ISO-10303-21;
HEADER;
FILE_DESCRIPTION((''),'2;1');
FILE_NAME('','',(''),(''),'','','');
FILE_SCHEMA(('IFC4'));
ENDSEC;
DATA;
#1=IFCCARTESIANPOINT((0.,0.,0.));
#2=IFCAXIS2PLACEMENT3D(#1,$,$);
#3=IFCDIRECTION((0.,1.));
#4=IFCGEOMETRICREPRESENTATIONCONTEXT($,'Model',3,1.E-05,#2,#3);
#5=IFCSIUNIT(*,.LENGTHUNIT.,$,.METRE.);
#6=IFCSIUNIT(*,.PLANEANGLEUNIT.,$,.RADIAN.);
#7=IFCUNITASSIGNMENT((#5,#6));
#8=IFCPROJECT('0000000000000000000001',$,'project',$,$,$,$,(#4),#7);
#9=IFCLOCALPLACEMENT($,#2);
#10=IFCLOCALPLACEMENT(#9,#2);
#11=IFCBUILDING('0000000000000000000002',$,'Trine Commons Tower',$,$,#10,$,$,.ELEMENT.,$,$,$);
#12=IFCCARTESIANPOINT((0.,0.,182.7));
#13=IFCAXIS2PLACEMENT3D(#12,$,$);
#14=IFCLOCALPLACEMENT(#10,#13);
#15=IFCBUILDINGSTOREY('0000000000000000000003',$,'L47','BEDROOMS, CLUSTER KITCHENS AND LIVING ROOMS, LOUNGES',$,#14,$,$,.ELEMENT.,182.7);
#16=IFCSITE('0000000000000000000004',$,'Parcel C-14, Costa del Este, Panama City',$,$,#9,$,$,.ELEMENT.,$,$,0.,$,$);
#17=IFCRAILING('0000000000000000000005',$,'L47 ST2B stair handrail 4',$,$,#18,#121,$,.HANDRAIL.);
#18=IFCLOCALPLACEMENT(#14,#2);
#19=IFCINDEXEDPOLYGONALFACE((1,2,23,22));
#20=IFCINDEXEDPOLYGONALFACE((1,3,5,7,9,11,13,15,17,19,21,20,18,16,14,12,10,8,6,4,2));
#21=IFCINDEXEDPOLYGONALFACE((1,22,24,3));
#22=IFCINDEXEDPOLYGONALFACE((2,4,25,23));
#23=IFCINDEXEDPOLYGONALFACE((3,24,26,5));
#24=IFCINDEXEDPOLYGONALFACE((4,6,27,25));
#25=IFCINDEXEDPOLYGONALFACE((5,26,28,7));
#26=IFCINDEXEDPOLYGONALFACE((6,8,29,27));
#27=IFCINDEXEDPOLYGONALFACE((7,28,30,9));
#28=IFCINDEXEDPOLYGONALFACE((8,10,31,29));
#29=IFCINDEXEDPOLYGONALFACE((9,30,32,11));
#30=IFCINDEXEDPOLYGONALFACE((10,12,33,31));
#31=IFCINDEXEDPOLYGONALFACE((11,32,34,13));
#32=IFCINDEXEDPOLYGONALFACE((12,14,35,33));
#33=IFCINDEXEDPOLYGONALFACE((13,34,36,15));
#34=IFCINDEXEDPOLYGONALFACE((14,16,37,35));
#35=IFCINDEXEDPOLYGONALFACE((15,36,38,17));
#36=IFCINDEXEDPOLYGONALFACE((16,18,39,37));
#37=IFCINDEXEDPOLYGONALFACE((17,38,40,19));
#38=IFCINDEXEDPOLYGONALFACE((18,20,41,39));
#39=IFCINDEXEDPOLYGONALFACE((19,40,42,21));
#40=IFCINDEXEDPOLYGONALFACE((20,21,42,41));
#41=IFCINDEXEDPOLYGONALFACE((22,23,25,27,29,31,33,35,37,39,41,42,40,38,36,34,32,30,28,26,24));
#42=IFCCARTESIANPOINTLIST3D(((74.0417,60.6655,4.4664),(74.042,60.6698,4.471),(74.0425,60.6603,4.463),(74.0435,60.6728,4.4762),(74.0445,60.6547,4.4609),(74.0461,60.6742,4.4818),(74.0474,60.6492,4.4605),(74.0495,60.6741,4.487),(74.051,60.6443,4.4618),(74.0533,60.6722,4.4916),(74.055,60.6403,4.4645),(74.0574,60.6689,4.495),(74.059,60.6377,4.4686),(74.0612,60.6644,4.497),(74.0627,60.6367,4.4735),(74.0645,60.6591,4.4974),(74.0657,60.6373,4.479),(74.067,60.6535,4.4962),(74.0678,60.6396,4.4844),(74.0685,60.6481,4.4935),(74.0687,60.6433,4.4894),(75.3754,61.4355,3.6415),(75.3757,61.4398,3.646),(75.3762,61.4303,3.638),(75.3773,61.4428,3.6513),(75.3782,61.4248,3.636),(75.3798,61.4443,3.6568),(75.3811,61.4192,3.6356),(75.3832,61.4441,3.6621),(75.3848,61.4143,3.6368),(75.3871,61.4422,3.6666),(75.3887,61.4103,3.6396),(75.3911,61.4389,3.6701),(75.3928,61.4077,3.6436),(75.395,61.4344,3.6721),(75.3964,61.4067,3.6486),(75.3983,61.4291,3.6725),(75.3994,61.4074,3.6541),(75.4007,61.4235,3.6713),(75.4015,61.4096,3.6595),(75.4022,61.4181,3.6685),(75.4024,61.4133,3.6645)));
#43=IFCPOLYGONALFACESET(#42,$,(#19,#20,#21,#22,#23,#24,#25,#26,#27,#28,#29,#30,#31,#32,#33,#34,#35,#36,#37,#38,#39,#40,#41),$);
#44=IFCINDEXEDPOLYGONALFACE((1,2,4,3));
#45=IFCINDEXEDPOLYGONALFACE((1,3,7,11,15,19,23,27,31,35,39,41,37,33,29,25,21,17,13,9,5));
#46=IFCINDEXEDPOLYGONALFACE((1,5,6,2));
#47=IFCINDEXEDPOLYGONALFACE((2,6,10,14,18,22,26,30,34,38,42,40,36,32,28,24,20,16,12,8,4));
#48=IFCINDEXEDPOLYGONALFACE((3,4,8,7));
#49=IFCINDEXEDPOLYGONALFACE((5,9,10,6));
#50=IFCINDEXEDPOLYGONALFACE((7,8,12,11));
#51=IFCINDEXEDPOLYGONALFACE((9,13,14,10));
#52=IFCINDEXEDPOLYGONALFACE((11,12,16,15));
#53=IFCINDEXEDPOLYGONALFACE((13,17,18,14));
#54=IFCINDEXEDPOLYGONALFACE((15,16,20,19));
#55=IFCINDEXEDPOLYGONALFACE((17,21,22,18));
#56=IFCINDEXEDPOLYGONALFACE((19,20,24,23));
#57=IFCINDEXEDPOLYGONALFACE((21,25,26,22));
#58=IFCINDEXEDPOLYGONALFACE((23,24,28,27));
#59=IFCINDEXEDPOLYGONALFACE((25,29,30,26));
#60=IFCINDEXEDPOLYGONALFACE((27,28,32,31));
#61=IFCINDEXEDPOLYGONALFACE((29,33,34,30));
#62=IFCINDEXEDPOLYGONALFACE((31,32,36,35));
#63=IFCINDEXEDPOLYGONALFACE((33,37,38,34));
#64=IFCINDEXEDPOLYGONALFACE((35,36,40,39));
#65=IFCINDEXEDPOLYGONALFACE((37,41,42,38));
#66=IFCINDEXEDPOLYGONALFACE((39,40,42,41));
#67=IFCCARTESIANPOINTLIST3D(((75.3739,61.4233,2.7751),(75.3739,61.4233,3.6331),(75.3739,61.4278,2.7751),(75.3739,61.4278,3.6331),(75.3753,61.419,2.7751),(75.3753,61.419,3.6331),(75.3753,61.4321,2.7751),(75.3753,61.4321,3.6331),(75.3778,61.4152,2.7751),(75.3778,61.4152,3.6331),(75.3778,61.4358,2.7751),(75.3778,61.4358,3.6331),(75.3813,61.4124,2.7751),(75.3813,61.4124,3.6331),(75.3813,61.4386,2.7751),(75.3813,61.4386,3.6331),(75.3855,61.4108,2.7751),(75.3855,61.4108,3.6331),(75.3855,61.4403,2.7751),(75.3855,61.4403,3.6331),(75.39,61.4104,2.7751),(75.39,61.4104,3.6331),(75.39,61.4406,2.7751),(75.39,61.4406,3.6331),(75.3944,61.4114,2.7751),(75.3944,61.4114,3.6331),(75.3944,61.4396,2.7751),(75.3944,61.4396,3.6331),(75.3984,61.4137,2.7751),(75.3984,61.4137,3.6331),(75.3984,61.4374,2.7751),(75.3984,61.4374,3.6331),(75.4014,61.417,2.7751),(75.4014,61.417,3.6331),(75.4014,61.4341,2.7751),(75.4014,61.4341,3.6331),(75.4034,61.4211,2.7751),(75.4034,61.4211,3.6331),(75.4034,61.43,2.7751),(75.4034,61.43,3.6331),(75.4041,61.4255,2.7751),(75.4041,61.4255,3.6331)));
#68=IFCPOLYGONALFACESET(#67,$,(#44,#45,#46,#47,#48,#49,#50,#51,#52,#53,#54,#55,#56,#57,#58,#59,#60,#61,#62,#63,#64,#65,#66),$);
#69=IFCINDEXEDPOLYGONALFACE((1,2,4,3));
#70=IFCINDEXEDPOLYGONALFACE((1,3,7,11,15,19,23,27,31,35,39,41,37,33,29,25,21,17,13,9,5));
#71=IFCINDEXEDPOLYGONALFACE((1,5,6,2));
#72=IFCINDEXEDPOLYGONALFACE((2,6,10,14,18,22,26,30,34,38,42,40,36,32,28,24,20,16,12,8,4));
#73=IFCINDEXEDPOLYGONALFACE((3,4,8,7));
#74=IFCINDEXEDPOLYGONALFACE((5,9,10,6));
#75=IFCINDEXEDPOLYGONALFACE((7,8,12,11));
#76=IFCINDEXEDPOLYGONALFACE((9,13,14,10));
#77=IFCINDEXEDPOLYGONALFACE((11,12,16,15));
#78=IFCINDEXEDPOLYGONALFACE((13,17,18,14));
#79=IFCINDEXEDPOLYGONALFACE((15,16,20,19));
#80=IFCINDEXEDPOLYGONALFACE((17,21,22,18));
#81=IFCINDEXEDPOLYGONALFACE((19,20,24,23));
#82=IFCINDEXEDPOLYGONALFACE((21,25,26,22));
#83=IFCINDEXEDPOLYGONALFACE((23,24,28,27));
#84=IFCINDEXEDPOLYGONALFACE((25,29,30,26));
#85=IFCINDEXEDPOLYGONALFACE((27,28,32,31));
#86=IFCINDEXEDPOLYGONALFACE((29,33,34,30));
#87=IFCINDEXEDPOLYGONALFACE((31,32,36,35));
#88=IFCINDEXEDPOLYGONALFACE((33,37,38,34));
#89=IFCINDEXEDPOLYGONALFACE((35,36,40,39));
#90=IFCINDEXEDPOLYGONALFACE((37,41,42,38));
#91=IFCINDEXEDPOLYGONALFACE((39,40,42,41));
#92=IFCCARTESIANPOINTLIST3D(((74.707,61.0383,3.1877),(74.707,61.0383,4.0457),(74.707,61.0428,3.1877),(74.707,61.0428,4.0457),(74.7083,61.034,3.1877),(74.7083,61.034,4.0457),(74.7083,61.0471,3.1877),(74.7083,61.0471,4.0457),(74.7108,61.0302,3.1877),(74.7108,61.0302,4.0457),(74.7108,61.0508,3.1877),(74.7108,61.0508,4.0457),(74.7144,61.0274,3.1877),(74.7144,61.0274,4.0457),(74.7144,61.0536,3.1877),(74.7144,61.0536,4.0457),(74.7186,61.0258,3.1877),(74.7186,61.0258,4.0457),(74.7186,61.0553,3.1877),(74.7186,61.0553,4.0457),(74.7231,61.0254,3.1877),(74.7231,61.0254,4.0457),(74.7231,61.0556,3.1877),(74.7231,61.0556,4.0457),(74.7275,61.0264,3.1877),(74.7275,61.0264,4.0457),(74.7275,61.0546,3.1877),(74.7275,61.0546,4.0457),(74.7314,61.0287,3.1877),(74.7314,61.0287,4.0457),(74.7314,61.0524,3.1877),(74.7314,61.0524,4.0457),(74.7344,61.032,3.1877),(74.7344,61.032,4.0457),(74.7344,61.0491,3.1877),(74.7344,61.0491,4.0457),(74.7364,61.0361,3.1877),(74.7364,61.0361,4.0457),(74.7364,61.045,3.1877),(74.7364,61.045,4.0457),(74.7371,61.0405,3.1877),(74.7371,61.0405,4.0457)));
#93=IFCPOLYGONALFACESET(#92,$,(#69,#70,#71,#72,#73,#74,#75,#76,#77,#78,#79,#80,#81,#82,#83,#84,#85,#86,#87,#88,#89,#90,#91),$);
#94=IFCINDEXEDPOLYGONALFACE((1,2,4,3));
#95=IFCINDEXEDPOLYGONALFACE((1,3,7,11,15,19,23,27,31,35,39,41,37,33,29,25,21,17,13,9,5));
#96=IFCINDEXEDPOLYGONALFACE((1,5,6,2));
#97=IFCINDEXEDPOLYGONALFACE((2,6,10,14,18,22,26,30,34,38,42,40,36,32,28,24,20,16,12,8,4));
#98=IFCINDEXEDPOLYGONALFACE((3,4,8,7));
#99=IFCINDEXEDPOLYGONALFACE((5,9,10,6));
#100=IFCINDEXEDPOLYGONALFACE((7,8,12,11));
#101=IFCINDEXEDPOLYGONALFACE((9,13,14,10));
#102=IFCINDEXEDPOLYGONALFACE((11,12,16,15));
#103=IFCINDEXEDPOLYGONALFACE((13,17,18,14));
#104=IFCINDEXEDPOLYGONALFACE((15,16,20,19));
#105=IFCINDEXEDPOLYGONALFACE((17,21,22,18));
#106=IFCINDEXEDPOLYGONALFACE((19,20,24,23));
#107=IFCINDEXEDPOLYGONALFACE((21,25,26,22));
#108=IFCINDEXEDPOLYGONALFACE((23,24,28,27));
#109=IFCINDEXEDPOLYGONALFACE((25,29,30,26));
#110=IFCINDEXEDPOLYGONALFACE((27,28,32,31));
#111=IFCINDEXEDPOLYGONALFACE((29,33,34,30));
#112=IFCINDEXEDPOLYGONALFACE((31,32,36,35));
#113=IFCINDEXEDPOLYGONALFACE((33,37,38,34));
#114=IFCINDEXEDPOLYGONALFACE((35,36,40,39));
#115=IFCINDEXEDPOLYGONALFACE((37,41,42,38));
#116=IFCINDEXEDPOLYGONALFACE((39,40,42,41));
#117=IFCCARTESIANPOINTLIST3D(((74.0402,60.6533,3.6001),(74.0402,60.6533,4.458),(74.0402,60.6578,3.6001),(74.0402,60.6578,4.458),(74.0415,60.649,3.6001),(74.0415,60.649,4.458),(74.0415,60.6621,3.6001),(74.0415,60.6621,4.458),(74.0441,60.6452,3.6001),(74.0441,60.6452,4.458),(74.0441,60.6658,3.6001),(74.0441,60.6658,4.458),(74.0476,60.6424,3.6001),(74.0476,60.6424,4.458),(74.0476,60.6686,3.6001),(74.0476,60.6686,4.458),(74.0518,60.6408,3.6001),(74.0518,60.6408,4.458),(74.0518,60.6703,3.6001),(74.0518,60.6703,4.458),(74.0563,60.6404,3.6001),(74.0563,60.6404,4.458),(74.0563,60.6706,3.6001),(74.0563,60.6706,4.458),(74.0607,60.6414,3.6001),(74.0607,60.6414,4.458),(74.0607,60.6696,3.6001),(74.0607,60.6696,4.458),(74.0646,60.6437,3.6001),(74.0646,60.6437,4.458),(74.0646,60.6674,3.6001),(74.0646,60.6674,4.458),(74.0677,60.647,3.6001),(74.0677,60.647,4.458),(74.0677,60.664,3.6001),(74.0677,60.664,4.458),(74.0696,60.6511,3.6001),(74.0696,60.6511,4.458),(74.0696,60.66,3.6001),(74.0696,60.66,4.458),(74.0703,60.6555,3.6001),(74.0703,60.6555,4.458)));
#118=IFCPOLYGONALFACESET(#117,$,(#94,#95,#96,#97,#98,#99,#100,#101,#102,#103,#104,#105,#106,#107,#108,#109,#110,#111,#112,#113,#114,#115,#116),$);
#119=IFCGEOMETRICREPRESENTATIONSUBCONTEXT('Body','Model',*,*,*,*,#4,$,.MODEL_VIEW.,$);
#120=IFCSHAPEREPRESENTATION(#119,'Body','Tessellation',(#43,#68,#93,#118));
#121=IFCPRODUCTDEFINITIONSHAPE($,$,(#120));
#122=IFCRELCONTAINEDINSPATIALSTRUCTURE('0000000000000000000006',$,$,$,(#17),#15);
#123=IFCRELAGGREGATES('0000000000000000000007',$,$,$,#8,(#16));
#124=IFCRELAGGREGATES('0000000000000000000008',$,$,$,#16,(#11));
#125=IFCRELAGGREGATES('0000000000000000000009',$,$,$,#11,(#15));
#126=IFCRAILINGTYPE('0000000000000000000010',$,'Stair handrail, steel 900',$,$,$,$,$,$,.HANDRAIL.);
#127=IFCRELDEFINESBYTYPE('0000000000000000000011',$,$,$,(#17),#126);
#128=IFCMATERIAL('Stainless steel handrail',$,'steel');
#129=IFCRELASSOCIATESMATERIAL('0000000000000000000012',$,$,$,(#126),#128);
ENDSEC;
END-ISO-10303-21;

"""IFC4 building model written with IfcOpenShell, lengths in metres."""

from ifc_helpers import new_model, si_unit, direction, frame, origin, origin_2d, place, context, subcontext, project, spatial, circle, extrude, material, type_object, element, save


model = new_model("IFC4")

# Units and contexts
model_context = context("Model", 3, precision=1e-05, world=origin(), true_north=direction((0.0, 1.0)))
body_context = subcontext(model_context, "Body", "Model", "MODEL_VIEW")
ifc_project = project(units=[si_unit("LENGTHUNIT", "METRE"), si_unit("PLANEANGLEUNIT", "RADIAN")], contexts=[model_context])

# Site, building, storey
site_placement = place(None, origin())
site = spatial("IfcSite", under=ifc_project, at=site_placement, Name="Parcel C-14, Costa del Este, Panama City", CompositionType="ELEMENT", RefElevation=0.0)
building_placement = place(site_placement, origin())
building = spatial("IfcBuilding", under=site, at=building_placement, Name="Trine Commons Tower", CompositionType="ELEMENT")
storey_placement = place(building_placement, frame((0.0, 0.0, 182.7)))
storey = spatial("IfcBuildingStorey", under=building, at=storey_placement, Name="L47", Description="BEDROOMS, CLUSTER KITCHENS AND LIVING ROOMS, LOUNGES", CompositionType="ELEMENT", Elevation=182.7)

# Railing
ifc_material_1 = material(Name="Stainless steel handrail", Category="steel")
railing_type_1 = type_object("IfcRailingType", Name="Stair handrail, steel 900", PredefinedType="HANDRAIL", material=ifc_material_1)
railing_1_placement = place(storey_placement, frame((75.3889, 61.4255, 2.7751)))
element("IfcRailing", 1, at=railing_1_placement, inside=storey, type_object=railing_type_1, Name="L47 ST2B stair handrail 4", PredefinedType="HANDRAIL", context=body_context, shape_type="SweptSolid", body=[
    extrude(circle(Radius=0.021, at=origin_2d()), frame((0.0, 0.0, 0.8789), z_axis=(-0.763405, -0.440743, 0.472185), x_axis=(0.499992, -0.86603, 0.0)), (0.0, 0.0, 1.0), 1.7471),
    extrude(circle(Radius=0.0151, at=origin_2d()), origin(), (0.0, 0.0, 1.0), 0.8579),
    extrude(circle(Radius=0.0151, at=origin_2d()), frame((-0.667, -0.385, 0.4126)), (0.0, 0.0, 1.0), 0.8579),
    extrude(circle(Radius=0.0151, at=origin_2d()), frame((-1.3337, -0.77, 0.825)), (0.0, 0.0, 1.0), 0.8579),
])

save(model, "model.ifc")
